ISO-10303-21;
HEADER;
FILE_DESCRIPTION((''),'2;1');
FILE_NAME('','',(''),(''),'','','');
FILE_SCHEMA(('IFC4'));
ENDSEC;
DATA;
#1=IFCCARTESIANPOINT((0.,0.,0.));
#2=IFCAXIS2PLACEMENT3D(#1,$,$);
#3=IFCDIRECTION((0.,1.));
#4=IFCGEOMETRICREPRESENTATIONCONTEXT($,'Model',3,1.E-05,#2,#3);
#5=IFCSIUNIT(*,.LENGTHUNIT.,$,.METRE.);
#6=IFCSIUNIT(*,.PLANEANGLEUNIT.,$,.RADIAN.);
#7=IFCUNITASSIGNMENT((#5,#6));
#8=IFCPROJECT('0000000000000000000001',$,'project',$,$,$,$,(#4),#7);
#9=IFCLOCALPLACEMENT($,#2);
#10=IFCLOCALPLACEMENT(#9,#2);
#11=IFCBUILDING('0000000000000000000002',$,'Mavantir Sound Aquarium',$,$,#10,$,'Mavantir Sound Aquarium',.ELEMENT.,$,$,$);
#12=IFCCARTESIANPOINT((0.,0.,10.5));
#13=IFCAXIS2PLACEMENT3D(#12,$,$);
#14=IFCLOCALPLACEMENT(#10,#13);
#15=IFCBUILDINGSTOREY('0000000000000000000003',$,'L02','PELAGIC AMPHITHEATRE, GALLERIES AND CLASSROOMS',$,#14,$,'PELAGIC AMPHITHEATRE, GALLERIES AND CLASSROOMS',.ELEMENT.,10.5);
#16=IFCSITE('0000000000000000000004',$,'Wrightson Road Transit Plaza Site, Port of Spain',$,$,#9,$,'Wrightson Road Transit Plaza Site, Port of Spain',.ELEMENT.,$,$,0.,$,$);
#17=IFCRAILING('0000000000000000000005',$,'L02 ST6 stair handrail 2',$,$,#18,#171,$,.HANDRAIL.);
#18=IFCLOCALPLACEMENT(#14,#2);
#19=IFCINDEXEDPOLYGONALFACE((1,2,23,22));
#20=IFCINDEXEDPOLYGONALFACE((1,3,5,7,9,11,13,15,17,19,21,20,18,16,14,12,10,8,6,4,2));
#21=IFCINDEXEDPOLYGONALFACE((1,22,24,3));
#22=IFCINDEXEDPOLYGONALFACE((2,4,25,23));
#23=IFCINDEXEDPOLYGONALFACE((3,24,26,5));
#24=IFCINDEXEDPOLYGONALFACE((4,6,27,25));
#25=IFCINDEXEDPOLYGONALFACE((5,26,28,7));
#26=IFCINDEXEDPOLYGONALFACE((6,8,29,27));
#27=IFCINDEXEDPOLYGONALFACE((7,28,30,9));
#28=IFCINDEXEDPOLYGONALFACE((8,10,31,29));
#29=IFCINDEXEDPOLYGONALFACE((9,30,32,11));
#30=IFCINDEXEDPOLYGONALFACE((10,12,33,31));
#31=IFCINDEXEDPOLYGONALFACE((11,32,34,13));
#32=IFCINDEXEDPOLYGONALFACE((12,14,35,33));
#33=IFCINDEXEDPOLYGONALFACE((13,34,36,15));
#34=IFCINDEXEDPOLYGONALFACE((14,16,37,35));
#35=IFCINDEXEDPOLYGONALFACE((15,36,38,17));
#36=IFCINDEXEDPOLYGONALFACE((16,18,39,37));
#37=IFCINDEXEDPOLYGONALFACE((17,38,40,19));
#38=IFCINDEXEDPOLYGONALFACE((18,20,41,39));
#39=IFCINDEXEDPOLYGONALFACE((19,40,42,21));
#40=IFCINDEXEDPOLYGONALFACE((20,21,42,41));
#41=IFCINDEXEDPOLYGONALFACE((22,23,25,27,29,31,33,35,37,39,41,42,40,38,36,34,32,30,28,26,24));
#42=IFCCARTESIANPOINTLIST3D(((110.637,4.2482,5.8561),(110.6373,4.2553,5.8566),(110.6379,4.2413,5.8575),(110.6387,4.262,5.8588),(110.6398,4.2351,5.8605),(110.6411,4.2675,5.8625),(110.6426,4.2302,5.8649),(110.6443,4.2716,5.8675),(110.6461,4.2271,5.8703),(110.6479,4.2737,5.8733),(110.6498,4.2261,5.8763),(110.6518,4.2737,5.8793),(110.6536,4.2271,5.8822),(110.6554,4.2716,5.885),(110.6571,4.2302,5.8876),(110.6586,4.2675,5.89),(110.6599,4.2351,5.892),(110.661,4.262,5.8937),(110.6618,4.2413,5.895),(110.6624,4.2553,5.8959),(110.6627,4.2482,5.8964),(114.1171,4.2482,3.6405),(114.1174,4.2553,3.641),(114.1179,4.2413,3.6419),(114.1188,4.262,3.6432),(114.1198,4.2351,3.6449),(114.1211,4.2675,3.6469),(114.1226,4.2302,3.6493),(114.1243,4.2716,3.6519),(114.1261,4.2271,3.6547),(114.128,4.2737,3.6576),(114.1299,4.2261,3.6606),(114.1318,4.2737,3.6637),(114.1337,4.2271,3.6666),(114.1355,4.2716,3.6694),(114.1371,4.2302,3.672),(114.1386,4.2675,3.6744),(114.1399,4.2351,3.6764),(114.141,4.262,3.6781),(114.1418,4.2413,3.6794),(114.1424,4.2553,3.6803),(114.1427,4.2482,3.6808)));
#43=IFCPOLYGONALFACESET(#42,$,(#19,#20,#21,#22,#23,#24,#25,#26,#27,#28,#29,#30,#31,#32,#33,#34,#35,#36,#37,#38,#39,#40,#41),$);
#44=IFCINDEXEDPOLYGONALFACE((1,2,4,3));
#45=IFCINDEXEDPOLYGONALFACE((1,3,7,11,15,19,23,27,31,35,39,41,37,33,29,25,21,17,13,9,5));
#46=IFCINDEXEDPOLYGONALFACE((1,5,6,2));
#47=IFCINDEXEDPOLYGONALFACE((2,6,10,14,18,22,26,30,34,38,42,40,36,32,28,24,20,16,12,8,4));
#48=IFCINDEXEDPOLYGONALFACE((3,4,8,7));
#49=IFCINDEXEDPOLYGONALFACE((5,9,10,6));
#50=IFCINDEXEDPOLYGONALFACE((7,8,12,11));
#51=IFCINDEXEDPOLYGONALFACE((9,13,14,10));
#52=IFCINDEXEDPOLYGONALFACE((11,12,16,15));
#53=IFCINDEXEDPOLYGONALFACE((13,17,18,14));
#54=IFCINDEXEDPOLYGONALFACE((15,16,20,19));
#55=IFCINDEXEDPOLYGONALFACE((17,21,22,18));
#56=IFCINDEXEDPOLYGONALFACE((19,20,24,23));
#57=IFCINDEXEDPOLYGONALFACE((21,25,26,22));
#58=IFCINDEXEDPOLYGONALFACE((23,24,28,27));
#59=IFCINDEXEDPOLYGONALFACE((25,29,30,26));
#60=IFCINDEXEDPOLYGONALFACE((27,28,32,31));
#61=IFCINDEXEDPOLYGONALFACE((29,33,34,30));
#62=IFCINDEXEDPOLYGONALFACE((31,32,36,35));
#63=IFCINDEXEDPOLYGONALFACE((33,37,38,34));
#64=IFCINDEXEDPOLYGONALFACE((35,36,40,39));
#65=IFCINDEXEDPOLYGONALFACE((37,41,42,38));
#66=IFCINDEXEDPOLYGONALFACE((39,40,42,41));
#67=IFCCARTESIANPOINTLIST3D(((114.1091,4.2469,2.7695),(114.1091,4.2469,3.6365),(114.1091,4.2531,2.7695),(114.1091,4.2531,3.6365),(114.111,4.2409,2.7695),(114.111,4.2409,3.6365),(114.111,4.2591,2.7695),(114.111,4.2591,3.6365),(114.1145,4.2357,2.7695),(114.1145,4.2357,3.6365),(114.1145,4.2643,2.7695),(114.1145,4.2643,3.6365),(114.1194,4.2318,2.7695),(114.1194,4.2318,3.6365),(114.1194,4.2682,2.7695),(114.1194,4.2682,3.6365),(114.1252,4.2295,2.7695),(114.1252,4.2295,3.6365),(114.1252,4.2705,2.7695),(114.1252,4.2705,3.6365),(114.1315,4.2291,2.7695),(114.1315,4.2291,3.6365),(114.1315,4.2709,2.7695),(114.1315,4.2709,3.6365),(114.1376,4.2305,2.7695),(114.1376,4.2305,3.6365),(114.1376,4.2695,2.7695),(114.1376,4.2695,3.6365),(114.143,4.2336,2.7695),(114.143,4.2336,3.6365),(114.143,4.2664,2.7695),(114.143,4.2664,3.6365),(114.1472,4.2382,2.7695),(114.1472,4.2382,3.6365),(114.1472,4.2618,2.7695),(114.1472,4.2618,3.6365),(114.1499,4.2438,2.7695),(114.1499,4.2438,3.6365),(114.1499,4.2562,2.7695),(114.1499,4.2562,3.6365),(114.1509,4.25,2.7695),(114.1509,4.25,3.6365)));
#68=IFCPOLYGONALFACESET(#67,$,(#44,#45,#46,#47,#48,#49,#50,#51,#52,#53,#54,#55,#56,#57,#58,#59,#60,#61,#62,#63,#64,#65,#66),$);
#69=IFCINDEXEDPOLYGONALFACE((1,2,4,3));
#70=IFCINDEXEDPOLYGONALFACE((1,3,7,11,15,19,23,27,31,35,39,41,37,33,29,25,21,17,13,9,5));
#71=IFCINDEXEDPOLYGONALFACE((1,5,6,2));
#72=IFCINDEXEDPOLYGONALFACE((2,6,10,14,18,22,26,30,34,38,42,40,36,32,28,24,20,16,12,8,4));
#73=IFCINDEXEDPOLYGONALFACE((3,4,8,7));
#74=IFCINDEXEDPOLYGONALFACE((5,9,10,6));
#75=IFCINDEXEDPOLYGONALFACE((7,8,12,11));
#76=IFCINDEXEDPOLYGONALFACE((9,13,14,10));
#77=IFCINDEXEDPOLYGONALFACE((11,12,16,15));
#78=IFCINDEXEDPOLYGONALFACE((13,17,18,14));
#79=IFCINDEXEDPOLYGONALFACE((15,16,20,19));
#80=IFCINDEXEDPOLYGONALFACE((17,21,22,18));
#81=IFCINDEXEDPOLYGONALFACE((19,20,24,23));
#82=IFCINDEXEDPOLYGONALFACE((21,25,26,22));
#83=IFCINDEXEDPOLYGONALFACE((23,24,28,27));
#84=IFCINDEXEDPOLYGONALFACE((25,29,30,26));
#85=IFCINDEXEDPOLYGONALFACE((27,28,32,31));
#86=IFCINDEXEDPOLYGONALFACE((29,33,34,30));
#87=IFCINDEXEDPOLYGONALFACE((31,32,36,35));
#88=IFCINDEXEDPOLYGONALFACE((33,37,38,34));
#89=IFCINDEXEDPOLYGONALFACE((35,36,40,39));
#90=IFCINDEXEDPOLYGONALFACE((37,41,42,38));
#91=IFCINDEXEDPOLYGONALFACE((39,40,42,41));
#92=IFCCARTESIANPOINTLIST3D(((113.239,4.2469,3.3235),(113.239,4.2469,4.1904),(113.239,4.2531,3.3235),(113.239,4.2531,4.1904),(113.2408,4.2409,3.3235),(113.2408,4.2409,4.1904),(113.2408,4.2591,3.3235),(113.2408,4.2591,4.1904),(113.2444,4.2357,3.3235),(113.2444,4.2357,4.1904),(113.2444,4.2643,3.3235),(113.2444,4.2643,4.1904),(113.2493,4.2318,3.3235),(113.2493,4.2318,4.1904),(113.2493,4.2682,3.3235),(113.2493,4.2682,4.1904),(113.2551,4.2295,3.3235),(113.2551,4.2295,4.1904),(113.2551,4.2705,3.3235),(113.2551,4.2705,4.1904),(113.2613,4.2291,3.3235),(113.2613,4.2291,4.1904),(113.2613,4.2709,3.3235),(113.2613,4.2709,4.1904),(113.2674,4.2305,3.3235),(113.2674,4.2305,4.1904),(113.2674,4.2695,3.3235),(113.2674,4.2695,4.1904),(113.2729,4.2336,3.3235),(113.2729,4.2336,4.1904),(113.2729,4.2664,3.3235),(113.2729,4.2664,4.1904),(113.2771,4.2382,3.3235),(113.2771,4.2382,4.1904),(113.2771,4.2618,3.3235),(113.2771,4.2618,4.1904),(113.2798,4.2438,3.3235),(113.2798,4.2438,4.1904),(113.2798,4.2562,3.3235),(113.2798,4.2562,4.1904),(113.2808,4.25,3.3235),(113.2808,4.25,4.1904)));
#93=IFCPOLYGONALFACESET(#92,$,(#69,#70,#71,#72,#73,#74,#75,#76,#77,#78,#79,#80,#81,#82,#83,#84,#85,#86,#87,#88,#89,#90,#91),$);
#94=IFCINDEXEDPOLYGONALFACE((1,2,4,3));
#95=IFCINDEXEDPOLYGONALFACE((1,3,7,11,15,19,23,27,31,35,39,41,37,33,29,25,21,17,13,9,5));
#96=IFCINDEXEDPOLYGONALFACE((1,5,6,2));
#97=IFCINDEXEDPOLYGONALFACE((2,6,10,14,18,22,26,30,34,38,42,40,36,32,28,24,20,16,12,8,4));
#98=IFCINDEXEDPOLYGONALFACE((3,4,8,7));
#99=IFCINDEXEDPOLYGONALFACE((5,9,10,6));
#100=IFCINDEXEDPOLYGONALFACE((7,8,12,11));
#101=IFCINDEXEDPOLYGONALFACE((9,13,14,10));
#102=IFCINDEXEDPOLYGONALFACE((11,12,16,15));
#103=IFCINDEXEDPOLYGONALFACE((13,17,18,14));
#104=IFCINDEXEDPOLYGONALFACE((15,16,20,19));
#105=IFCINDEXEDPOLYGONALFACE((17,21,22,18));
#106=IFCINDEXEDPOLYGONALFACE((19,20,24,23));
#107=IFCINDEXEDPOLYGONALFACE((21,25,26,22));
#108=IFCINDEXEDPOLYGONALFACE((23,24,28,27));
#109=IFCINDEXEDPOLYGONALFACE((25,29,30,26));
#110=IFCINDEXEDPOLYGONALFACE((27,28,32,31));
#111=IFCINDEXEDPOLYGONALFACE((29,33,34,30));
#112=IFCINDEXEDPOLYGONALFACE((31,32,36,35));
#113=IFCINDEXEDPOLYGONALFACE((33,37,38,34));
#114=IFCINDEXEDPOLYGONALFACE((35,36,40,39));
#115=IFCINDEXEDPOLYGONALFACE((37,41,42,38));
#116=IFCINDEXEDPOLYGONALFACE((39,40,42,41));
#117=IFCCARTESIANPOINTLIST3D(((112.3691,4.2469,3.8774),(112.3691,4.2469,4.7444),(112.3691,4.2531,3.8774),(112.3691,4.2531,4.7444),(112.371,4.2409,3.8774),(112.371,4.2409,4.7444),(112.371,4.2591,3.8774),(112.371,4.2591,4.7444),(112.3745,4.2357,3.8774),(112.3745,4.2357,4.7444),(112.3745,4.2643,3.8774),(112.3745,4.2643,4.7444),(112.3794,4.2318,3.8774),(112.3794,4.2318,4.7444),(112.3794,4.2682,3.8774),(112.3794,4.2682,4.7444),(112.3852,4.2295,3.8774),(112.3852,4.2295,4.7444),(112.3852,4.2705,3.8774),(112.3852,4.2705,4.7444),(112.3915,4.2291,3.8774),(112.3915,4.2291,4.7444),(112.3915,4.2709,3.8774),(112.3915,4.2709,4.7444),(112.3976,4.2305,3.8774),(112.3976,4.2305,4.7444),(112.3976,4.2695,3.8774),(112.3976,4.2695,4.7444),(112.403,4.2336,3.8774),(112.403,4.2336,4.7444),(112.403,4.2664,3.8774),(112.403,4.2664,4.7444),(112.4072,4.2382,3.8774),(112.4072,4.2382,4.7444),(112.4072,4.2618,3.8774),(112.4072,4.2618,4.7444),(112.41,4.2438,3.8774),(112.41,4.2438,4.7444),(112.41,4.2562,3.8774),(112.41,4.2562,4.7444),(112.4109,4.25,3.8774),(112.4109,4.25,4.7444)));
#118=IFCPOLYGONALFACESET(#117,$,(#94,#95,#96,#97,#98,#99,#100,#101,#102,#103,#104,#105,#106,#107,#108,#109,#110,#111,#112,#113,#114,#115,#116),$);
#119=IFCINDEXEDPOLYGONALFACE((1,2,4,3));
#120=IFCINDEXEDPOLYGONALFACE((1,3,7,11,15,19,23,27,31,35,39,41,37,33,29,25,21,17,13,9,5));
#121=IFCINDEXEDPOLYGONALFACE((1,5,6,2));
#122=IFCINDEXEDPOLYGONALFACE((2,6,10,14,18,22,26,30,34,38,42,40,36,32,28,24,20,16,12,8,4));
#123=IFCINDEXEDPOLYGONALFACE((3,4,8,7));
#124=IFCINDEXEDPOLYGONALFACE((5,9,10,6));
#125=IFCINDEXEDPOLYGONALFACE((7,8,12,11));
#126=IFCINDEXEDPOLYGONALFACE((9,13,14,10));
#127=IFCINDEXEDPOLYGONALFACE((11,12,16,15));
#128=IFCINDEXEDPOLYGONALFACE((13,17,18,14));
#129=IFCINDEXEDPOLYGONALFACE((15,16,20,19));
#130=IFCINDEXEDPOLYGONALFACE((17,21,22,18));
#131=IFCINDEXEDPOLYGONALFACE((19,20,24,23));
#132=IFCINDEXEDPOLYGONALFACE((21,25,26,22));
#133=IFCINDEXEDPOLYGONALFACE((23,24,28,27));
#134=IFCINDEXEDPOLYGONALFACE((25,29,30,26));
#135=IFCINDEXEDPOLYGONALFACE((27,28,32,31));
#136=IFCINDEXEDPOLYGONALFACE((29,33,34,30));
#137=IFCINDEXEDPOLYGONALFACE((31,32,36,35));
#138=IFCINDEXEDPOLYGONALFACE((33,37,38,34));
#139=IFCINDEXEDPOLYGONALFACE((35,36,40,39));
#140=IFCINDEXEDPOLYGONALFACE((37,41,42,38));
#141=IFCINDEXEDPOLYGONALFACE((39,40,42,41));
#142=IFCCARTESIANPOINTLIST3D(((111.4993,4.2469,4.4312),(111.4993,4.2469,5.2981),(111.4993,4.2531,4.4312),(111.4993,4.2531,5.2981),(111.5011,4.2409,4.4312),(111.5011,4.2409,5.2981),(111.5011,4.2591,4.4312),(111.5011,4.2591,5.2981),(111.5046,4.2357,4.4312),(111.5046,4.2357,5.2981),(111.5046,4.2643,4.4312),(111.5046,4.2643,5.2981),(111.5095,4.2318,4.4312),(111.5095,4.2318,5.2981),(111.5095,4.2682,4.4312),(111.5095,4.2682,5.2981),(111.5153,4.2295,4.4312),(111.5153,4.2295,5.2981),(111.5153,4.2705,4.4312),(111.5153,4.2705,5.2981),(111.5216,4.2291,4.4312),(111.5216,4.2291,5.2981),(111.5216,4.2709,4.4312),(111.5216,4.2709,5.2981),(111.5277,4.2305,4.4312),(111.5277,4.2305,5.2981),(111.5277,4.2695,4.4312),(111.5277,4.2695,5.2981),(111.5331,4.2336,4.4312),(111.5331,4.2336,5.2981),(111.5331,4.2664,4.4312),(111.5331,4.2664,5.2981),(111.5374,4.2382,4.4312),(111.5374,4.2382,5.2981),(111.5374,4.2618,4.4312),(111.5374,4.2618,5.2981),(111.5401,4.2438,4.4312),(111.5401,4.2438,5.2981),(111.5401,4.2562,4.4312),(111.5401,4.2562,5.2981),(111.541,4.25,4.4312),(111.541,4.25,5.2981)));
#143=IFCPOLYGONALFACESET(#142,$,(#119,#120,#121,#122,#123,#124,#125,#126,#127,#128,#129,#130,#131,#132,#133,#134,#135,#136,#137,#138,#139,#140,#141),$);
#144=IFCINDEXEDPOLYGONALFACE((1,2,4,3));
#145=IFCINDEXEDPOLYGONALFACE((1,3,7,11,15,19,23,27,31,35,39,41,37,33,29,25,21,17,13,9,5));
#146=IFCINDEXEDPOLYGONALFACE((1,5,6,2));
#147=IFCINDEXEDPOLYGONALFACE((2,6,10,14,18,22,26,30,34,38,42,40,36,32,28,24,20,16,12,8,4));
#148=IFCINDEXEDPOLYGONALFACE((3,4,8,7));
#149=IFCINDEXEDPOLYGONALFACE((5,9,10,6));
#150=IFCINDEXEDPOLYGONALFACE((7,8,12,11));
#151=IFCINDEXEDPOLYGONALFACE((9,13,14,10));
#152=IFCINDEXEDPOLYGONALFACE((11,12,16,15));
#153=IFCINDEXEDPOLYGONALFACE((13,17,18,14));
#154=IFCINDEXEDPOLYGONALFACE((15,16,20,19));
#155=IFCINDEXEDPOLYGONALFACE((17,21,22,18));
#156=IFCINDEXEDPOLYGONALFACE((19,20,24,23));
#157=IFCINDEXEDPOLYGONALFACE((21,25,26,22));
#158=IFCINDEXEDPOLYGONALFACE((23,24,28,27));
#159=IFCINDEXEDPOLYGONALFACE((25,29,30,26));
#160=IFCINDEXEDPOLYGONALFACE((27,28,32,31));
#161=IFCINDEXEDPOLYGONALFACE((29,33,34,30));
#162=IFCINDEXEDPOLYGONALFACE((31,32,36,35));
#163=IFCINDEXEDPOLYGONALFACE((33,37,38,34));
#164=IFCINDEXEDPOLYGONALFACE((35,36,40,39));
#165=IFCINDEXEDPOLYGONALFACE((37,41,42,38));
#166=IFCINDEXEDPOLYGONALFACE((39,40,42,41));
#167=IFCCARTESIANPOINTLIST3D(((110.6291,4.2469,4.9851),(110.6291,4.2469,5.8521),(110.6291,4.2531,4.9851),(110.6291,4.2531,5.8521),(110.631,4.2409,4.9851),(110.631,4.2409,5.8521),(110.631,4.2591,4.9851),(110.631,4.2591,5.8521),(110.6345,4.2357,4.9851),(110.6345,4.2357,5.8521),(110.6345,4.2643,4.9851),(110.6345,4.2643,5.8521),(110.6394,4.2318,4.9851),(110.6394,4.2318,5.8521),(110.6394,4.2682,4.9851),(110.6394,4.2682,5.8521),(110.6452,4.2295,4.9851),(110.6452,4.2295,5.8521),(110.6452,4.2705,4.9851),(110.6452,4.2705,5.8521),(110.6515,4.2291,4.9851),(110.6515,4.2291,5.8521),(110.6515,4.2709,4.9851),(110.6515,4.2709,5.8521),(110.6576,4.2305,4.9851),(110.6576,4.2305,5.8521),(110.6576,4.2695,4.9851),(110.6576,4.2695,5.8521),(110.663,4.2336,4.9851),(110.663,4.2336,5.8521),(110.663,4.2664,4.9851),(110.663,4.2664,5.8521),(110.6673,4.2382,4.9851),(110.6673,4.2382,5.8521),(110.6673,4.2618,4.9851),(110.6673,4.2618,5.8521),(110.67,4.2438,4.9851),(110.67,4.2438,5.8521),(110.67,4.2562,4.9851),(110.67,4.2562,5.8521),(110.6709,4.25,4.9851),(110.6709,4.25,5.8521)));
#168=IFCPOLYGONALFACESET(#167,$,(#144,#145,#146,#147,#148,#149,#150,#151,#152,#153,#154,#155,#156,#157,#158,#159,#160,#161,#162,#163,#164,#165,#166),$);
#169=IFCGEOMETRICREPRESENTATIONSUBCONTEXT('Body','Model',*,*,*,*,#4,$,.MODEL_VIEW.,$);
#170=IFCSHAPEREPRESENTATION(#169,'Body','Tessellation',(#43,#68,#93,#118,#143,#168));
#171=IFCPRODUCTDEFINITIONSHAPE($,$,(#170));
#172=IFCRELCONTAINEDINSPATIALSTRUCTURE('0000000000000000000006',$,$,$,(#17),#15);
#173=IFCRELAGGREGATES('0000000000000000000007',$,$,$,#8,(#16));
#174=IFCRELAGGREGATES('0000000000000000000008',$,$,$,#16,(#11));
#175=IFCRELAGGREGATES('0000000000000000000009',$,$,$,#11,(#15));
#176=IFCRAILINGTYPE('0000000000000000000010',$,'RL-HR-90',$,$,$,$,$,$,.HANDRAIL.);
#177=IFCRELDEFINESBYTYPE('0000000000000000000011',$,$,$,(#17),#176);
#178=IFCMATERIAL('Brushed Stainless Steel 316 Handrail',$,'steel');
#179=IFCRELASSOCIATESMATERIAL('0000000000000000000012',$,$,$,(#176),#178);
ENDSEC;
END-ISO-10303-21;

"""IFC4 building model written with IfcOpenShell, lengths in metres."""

from ifc_helpers import new_model, si_unit, direction, frame, origin, origin_2d, place, context, subcontext, project, spatial, circle, extrude, material, type_object, element, save


model = new_model("IFC4")

# Units and contexts
model_context = context("Model", 3, precision=1e-05, world=origin(), true_north=direction((0.0, 1.0)))
body_context = subcontext(model_context, "Body", "Model", "MODEL_VIEW")
ifc_project = project(units=[si_unit("LENGTHUNIT", "METRE"), si_unit("PLANEANGLEUNIT", "RADIAN")], contexts=[model_context])

# Site, building, storey
site_placement = place(None, origin())
site = spatial("IfcSite", under=ifc_project, at=site_placement, Name="Wrightson Road Transit Plaza Site, Port of Spain", LongName="Wrightson Road Transit Plaza Site, Port of Spain", CompositionType="ELEMENT", RefElevation=0.0)
building_placement = place(site_placement, origin())
building = spatial("IfcBuilding", under=site, at=building_placement, Name="Mavantir Sound Aquarium", LongName="Mavantir Sound Aquarium", CompositionType="ELEMENT")
storey_placement = place(building_placement, frame((0.0, 0.0, 10.5)))
storey = spatial("IfcBuildingStorey", under=building, at=storey_placement, Name="L02", Description="PELAGIC AMPHITHEATRE, GALLERIES AND CLASSROOMS", LongName="PELAGIC AMPHITHEATRE, GALLERIES AND CLASSROOMS", CompositionType="ELEMENT", Elevation=10.5)

# Railing
ifc_material_1 = material(Name="Brushed Stainless Steel 316 Handrail", Category="steel")
railing_type_1 = type_object("IfcRailingType", Name="RL-HR-90", PredefinedType="HANDRAIL", material=ifc_material_1)
railing_1_placement = place(storey_placement, frame((114.1299, 4.25, 2.7695)))
element("IfcRailing", 1, at=railing_1_placement, inside=storey, type_object=railing_type_1, Name="L02 ST6 stair handrail 2", PredefinedType="HANDRAIL", context=body_context, shape_type="SweptSolid", body=[
    extrude(circle(Radius=0.0239, at=origin_2d()), frame((0.0, 0.0, 0.8911), z_axis=(-0.843547, 0.0, 0.537055), x_axis=(0.0, -1.0, 0.0)), (0.0, 0.0, 1.0), 4.1255),
    extrude(circle(Radius=0.021, at=origin_2d()), origin(), (0.0, 0.0, 1.0), 0.8669),
    extrude(circle(Radius=0.021, at=origin_2d()), frame((-0.8701, 0.0, 0.554)), (0.0, 0.0, 1.0), 0.8669),
    extrude(circle(Radius=0.021, at=origin_2d()), frame((-1.74, 0.0, 1.1079)), (0.0, 0.0, 1.0), 0.8669),
    extrude(circle(Radius=0.021, at=origin_2d()), frame((-2.6099, 0.0, 1.6616)), (0.0, 0.0, 1.0), 0.8669),
    extrude(circle(Radius=0.021, at=origin_2d()), frame((-3.48, 0.0, 2.2156)), (0.0, 0.0, 1.0), 0.8669),
])

save(model, "model.ifc")
